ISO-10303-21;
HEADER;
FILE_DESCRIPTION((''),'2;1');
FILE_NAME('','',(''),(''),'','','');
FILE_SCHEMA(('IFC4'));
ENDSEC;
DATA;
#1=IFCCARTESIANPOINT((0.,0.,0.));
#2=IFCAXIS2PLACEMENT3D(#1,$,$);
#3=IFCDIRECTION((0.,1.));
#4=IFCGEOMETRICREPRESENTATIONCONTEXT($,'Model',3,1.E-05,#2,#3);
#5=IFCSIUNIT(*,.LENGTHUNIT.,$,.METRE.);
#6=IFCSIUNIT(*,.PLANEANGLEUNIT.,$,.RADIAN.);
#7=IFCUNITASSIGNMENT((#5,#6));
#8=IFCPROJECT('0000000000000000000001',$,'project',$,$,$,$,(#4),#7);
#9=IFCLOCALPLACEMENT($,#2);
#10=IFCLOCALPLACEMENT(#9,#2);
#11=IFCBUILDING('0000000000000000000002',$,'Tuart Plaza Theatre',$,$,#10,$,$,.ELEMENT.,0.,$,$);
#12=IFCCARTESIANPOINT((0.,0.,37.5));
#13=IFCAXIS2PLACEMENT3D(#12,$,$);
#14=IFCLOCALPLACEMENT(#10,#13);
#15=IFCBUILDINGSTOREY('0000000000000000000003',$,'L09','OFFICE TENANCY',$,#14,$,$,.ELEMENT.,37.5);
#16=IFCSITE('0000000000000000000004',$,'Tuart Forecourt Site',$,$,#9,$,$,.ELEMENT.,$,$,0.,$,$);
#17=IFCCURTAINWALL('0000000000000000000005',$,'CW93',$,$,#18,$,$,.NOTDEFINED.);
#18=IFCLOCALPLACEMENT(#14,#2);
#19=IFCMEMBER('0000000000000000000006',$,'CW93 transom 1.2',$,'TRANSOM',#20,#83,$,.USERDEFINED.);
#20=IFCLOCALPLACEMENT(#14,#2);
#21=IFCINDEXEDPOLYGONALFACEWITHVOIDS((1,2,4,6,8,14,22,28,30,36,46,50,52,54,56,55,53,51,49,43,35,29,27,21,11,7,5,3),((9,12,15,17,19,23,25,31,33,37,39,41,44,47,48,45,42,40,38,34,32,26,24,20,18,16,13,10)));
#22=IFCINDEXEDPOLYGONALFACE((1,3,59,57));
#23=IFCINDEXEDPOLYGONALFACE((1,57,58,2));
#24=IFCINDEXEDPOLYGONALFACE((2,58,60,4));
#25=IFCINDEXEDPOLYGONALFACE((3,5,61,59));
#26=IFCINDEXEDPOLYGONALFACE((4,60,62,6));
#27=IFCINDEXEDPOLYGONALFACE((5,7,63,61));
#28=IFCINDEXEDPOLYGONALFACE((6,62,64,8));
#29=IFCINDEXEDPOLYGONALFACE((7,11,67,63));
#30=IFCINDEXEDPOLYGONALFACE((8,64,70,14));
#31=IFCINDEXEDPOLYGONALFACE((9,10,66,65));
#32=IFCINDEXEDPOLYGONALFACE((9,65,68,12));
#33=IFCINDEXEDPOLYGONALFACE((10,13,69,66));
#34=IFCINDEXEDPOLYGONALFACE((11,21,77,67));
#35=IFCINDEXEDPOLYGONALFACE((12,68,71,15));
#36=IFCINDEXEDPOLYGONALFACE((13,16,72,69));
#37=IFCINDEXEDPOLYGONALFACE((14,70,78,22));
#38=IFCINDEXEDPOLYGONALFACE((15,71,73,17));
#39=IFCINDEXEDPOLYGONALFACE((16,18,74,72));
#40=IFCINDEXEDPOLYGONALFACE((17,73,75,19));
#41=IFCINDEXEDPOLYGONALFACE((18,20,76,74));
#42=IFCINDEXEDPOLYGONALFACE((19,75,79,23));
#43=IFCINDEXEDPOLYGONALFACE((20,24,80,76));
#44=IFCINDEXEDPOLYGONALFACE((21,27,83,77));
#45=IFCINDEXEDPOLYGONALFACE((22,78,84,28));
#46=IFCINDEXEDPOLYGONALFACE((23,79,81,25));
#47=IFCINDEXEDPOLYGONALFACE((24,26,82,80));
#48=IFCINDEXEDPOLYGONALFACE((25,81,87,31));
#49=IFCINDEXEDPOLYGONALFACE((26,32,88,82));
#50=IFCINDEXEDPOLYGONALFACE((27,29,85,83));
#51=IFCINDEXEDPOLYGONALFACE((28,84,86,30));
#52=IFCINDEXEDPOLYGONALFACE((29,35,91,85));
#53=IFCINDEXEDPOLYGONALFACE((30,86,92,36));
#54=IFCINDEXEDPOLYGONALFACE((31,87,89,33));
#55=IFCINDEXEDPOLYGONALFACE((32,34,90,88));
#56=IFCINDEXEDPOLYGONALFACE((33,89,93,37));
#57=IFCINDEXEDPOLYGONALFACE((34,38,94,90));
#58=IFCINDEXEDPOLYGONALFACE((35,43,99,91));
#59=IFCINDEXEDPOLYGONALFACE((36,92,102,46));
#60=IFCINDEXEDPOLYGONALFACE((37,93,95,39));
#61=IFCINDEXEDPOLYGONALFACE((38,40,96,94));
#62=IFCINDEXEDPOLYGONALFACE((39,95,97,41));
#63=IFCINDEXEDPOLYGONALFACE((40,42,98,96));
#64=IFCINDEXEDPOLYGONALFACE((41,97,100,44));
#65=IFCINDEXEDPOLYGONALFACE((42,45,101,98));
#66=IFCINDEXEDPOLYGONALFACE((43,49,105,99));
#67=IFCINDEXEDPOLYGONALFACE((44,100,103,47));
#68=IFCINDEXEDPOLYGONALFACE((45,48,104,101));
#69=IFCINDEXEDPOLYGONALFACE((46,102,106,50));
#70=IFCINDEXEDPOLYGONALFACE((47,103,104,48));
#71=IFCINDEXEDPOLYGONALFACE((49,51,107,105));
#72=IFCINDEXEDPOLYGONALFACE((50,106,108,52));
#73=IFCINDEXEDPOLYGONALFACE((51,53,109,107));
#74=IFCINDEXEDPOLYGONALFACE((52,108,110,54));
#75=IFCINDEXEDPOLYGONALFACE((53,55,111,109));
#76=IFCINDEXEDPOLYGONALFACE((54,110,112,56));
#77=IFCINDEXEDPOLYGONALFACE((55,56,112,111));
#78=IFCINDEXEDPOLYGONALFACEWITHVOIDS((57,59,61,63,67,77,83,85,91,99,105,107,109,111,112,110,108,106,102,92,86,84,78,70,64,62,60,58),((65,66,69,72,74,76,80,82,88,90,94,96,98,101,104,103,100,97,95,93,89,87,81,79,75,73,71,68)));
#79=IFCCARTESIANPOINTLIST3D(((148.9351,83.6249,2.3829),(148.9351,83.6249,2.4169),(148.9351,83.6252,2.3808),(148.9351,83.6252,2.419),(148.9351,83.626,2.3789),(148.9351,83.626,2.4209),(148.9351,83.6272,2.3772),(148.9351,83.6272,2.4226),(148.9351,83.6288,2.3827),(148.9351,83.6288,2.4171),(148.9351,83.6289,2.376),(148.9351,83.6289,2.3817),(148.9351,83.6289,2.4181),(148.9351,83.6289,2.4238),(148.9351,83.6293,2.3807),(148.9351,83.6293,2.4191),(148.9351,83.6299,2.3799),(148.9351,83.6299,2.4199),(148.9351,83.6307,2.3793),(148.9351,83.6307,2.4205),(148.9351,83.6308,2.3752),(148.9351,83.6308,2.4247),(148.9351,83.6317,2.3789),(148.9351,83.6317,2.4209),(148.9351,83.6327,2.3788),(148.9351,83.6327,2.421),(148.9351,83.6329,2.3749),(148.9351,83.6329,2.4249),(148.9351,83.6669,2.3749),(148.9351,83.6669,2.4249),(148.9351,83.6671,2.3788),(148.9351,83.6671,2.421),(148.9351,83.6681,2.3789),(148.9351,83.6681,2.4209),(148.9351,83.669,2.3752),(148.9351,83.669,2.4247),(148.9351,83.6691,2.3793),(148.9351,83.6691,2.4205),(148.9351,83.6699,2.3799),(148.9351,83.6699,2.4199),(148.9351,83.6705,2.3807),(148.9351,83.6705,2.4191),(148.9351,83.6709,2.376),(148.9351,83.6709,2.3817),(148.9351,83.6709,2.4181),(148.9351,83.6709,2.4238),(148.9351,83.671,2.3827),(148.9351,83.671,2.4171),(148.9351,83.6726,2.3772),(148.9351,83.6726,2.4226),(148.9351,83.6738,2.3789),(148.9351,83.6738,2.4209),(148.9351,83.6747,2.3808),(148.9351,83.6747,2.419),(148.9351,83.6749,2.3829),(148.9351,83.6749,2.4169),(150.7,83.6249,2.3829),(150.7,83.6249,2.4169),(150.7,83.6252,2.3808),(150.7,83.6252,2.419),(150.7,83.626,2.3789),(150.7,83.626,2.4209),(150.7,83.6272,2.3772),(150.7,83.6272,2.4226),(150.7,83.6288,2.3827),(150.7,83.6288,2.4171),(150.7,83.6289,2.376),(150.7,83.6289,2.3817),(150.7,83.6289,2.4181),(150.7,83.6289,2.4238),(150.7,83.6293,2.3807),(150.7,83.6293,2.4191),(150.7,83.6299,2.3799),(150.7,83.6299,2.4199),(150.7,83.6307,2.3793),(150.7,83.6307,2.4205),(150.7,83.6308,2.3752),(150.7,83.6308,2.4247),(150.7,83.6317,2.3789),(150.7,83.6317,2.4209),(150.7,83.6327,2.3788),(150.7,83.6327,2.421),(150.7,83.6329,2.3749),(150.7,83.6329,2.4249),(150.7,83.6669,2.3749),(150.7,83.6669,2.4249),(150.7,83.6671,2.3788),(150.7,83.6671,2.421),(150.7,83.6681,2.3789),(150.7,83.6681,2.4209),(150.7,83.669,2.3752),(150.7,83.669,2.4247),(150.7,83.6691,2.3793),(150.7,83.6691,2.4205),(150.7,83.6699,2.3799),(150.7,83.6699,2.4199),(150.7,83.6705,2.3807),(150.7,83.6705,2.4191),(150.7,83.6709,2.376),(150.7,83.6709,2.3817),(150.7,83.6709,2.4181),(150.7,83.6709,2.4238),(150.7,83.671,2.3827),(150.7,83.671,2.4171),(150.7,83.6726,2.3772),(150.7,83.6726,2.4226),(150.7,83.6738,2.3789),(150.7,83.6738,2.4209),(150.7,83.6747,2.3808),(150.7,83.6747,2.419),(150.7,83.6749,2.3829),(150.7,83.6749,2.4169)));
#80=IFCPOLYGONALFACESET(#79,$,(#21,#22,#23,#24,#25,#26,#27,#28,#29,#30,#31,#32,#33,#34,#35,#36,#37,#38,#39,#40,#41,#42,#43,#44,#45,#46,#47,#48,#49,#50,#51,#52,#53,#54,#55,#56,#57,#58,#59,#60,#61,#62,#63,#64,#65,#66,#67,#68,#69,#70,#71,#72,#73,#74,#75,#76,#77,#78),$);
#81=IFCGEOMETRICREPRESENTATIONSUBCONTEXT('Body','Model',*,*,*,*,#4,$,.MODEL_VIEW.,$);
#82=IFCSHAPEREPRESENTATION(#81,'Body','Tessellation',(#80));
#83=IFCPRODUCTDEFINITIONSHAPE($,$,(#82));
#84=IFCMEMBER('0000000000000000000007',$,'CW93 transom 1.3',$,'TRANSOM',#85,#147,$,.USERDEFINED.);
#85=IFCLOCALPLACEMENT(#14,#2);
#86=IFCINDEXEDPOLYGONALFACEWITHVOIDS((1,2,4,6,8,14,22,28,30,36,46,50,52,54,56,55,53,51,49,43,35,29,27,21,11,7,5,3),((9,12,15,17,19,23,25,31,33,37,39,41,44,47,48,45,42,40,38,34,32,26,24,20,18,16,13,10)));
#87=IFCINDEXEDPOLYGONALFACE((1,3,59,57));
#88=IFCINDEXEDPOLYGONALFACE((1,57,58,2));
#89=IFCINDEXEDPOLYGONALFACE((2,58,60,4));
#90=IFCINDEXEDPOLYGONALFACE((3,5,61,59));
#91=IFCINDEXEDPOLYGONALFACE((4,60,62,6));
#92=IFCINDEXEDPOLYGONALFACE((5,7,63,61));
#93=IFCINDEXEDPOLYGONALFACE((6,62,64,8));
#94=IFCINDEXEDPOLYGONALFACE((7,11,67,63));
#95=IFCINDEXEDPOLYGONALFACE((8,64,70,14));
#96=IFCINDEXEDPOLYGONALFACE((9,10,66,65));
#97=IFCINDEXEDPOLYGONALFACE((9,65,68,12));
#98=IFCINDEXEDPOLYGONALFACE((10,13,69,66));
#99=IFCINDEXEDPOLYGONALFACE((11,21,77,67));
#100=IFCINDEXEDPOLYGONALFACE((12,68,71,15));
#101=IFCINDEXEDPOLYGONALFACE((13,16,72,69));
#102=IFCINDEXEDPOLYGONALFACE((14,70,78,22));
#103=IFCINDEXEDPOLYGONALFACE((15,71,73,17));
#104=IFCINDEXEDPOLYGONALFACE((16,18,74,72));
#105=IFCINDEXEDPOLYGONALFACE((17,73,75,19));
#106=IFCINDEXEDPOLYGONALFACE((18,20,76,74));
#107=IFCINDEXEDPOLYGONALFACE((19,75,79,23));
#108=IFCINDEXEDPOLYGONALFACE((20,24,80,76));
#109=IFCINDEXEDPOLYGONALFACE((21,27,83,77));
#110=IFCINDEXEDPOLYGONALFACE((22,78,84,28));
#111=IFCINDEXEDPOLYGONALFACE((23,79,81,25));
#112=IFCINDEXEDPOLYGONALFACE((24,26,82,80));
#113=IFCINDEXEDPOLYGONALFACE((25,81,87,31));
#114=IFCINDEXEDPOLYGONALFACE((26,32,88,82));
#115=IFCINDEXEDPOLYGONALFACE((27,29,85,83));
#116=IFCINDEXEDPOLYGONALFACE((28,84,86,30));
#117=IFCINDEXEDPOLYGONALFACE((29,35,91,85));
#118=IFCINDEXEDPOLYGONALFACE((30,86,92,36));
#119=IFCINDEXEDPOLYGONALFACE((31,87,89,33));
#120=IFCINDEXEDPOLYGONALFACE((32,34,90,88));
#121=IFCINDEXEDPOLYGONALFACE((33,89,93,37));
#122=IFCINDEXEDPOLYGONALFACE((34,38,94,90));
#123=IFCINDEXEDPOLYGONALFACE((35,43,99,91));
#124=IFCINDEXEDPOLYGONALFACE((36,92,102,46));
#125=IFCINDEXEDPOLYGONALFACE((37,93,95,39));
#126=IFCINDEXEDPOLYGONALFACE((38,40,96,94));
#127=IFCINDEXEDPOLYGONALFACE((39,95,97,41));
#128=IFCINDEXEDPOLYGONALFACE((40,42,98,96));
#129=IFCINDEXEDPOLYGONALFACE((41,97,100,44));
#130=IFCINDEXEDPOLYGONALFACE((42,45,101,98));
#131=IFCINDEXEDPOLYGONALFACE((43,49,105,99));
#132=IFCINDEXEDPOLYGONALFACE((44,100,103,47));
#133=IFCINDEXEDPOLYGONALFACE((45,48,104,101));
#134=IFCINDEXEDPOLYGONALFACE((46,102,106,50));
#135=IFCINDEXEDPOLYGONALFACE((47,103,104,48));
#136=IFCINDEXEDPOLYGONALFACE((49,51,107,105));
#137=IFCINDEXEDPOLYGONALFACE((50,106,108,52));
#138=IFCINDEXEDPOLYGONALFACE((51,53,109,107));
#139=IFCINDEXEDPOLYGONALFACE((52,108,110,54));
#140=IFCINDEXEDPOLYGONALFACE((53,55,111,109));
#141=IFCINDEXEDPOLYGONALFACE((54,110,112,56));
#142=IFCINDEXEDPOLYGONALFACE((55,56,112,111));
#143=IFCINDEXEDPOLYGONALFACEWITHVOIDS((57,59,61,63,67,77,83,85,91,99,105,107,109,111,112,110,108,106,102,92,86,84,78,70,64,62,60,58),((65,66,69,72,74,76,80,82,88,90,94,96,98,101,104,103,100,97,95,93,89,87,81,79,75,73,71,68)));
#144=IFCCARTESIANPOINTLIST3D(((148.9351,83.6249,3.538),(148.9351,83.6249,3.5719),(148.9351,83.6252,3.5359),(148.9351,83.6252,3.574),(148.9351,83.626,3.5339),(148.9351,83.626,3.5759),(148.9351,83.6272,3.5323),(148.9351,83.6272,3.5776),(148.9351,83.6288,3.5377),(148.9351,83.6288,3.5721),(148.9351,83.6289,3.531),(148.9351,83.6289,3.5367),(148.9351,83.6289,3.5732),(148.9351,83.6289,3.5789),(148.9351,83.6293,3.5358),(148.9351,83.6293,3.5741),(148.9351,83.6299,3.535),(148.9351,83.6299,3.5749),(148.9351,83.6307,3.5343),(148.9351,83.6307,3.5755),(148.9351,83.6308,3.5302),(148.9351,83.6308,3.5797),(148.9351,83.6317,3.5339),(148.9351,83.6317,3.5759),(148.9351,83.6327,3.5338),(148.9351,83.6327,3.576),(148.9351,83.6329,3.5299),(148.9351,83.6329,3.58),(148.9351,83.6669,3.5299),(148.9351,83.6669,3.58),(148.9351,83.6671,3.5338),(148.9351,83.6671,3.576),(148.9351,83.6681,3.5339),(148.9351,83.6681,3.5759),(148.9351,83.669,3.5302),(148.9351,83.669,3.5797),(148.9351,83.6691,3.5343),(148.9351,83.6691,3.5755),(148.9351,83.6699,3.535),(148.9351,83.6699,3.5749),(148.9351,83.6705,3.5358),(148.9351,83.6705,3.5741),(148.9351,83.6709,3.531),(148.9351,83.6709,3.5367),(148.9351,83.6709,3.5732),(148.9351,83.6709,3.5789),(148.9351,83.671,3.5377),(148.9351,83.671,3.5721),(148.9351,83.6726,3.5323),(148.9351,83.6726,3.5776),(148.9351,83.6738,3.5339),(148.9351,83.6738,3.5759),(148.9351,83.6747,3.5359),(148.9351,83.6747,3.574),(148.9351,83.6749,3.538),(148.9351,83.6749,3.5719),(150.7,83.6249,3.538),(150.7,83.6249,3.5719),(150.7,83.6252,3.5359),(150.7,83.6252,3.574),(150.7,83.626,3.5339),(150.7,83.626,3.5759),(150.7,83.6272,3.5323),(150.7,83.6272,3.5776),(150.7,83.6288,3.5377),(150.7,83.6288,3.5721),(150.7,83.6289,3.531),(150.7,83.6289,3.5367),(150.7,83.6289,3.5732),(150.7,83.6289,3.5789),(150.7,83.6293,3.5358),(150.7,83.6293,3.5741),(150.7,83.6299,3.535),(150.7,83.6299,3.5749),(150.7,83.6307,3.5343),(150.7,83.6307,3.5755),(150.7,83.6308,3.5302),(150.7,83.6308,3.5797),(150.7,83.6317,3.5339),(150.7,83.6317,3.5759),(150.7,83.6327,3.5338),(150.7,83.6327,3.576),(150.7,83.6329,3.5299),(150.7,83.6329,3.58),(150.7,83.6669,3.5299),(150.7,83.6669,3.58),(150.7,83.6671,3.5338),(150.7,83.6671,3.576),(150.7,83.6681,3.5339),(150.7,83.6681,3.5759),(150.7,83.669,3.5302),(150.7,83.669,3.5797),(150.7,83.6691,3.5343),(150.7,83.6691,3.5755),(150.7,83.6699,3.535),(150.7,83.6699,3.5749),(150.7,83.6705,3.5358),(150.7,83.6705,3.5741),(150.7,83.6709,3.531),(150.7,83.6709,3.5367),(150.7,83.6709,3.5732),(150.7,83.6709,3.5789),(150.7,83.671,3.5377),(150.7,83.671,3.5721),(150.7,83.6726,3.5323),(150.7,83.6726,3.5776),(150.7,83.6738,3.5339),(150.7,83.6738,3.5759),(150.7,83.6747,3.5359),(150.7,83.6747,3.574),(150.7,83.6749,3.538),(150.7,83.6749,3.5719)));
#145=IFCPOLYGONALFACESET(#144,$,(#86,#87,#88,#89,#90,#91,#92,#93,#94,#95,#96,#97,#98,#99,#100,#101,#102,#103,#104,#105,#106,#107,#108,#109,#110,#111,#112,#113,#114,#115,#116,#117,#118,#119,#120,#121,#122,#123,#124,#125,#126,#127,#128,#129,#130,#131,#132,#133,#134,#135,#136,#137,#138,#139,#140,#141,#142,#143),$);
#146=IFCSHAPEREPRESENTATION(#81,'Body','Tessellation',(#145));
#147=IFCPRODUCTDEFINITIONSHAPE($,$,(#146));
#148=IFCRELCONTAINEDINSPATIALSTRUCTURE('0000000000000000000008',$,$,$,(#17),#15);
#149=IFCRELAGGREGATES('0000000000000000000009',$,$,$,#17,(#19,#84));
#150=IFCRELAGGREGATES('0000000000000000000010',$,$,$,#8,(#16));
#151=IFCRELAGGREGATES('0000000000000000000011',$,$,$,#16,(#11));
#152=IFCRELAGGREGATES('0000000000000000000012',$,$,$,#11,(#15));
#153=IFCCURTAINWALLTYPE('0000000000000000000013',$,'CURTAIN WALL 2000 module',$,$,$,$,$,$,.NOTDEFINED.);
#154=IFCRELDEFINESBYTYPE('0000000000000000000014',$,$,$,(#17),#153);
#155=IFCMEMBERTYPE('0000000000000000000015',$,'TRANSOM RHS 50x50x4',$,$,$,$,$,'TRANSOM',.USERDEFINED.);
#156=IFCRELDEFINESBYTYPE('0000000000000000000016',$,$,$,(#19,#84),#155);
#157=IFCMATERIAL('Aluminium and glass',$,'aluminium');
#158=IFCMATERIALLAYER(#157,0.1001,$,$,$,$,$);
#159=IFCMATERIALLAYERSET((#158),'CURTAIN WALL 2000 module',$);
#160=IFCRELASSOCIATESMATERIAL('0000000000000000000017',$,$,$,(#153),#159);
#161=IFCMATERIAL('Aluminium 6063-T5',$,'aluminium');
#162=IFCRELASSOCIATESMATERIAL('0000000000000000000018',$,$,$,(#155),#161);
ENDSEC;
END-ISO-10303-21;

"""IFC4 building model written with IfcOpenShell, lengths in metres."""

from ifc_helpers import new_model, si_unit, direction, frame, origin, origin_2d, place, context, subcontext, project, spatial, hollow_rectangle, extrude, material, layer, layer_set, material_profile, profile_set, type_object, element, aggregate, save


model = new_model("IFC4")

# Units and contexts
model_context = context("Model", 3, precision=1e-05, world=origin(), true_north=direction((0.0, 1.0)))
body_context = subcontext(model_context, "Body", "Model", "MODEL_VIEW")
ifc_project = project(units=[si_unit("LENGTHUNIT", "METRE"), si_unit("PLANEANGLEUNIT", "RADIAN")], contexts=[model_context])

# Site, building, storey
site_placement = place(None, origin())
site = spatial("IfcSite", under=ifc_project, at=site_placement, Name="Tuart Forecourt Site", CompositionType="ELEMENT", RefElevation=0.0)
building_placement = place(site_placement, origin())
building = spatial("IfcBuilding", under=site, at=building_placement, Name="Tuart Plaza Theatre", CompositionType="ELEMENT", ElevationOfRefHeight=0.0)
storey_placement = place(building_placement, frame((0.0, 0.0, 37.5)))
storey = spatial("IfcBuildingStorey", under=building, at=storey_placement, Name="L09", Description="OFFICE TENANCY", CompositionType="ELEMENT", Elevation=37.5)

# Curtain wall
ifc_material_1 = material(Name="Aluminium and glass", Category="aluminium")
ifc_layer_1 = layer(ifc_material_1, 0.1001)
ifc_layer_set_1 = layer_set([ifc_layer_1], Name="CURTAIN WALL 2000 module")
curtain_wall_type_1 = type_object("IfcCurtainWallType", Name="CURTAIN WALL 2000 module", PredefinedType="NOTDEFINED", material=ifc_layer_set_1)
curtain_wall_1_placement = place(storey_placement, origin())
curtain_wall_1 = element("IfcCurtainWall", 1, at=curtain_wall_1_placement, inside=storey, type_object=curtain_wall_type_1, Name="CW93", PredefinedType="NOTDEFINED")

# Members
ifc_material_2 = material(Name="Aluminium 6063-T5", Category="aluminium")
ifc_material_profile_1 = material_profile(ifc_material_2, hollow_rectangle(XDim=0.05, YDim=0.05, WallThickness=0.0039, InnerFilletRadius=0.0039, OuterFilletRadius=0.0081, at=origin_2d()), Name="RHS 50x50x4")
ifc_profile_set_1 = profile_set([ifc_material_profile_1], Name="Aluminium 6063-T5")
member_type_1 = type_object("IfcMemberType", Name="TRANSOM RHS 50x50x4", ElementType="TRANSOM", PredefinedType="USERDEFINED", material=ifc_profile_set_1)
member_1_placement = place(storey_placement, frame((150.7, 83.6499, 2.3999), z_axis=(-1.0, 0.0, 0.0), x_axis=(0.0, -1.0, 0.0)))
member_1 = element("IfcMember", 2, at=member_1_placement, type_object=member_type_1, Name="CW93 transom 1.2", ObjectType="TRANSOM", PredefinedType="USERDEFINED", context=body_context, shape_type="SweptSolid", body=[
    extrude(hollow_rectangle(XDim=0.05, YDim=0.05, WallThickness=0.0039, InnerFilletRadius=0.0039, OuterFilletRadius=0.0081, at=origin_2d()), origin(), (0.0, 0.0, 1.0), 1.7649),
])
member_2_placement = place(storey_placement, frame((150.7, 83.6499, 3.5549), z_axis=(-1.0, 0.0, 0.0), x_axis=(0.0, -1.0, 0.0)))
member_2 = element("IfcMember", 3, at=member_2_placement, type_object=member_type_1, Name="CW93 transom 1.3", ObjectType="TRANSOM", PredefinedType="USERDEFINED", context=body_context, shape_type="SweptSolid", body=[
    extrude(hollow_rectangle(XDim=0.05, YDim=0.05, WallThickness=0.0039, InnerFilletRadius=0.0039, OuterFilletRadius=0.0081, at=origin_2d()), origin(), (0.0, 0.0, 1.0), 1.7649),
])

aggregate(curtain_wall_1, [member_1, member_2])

save(model, "model.ifc")
